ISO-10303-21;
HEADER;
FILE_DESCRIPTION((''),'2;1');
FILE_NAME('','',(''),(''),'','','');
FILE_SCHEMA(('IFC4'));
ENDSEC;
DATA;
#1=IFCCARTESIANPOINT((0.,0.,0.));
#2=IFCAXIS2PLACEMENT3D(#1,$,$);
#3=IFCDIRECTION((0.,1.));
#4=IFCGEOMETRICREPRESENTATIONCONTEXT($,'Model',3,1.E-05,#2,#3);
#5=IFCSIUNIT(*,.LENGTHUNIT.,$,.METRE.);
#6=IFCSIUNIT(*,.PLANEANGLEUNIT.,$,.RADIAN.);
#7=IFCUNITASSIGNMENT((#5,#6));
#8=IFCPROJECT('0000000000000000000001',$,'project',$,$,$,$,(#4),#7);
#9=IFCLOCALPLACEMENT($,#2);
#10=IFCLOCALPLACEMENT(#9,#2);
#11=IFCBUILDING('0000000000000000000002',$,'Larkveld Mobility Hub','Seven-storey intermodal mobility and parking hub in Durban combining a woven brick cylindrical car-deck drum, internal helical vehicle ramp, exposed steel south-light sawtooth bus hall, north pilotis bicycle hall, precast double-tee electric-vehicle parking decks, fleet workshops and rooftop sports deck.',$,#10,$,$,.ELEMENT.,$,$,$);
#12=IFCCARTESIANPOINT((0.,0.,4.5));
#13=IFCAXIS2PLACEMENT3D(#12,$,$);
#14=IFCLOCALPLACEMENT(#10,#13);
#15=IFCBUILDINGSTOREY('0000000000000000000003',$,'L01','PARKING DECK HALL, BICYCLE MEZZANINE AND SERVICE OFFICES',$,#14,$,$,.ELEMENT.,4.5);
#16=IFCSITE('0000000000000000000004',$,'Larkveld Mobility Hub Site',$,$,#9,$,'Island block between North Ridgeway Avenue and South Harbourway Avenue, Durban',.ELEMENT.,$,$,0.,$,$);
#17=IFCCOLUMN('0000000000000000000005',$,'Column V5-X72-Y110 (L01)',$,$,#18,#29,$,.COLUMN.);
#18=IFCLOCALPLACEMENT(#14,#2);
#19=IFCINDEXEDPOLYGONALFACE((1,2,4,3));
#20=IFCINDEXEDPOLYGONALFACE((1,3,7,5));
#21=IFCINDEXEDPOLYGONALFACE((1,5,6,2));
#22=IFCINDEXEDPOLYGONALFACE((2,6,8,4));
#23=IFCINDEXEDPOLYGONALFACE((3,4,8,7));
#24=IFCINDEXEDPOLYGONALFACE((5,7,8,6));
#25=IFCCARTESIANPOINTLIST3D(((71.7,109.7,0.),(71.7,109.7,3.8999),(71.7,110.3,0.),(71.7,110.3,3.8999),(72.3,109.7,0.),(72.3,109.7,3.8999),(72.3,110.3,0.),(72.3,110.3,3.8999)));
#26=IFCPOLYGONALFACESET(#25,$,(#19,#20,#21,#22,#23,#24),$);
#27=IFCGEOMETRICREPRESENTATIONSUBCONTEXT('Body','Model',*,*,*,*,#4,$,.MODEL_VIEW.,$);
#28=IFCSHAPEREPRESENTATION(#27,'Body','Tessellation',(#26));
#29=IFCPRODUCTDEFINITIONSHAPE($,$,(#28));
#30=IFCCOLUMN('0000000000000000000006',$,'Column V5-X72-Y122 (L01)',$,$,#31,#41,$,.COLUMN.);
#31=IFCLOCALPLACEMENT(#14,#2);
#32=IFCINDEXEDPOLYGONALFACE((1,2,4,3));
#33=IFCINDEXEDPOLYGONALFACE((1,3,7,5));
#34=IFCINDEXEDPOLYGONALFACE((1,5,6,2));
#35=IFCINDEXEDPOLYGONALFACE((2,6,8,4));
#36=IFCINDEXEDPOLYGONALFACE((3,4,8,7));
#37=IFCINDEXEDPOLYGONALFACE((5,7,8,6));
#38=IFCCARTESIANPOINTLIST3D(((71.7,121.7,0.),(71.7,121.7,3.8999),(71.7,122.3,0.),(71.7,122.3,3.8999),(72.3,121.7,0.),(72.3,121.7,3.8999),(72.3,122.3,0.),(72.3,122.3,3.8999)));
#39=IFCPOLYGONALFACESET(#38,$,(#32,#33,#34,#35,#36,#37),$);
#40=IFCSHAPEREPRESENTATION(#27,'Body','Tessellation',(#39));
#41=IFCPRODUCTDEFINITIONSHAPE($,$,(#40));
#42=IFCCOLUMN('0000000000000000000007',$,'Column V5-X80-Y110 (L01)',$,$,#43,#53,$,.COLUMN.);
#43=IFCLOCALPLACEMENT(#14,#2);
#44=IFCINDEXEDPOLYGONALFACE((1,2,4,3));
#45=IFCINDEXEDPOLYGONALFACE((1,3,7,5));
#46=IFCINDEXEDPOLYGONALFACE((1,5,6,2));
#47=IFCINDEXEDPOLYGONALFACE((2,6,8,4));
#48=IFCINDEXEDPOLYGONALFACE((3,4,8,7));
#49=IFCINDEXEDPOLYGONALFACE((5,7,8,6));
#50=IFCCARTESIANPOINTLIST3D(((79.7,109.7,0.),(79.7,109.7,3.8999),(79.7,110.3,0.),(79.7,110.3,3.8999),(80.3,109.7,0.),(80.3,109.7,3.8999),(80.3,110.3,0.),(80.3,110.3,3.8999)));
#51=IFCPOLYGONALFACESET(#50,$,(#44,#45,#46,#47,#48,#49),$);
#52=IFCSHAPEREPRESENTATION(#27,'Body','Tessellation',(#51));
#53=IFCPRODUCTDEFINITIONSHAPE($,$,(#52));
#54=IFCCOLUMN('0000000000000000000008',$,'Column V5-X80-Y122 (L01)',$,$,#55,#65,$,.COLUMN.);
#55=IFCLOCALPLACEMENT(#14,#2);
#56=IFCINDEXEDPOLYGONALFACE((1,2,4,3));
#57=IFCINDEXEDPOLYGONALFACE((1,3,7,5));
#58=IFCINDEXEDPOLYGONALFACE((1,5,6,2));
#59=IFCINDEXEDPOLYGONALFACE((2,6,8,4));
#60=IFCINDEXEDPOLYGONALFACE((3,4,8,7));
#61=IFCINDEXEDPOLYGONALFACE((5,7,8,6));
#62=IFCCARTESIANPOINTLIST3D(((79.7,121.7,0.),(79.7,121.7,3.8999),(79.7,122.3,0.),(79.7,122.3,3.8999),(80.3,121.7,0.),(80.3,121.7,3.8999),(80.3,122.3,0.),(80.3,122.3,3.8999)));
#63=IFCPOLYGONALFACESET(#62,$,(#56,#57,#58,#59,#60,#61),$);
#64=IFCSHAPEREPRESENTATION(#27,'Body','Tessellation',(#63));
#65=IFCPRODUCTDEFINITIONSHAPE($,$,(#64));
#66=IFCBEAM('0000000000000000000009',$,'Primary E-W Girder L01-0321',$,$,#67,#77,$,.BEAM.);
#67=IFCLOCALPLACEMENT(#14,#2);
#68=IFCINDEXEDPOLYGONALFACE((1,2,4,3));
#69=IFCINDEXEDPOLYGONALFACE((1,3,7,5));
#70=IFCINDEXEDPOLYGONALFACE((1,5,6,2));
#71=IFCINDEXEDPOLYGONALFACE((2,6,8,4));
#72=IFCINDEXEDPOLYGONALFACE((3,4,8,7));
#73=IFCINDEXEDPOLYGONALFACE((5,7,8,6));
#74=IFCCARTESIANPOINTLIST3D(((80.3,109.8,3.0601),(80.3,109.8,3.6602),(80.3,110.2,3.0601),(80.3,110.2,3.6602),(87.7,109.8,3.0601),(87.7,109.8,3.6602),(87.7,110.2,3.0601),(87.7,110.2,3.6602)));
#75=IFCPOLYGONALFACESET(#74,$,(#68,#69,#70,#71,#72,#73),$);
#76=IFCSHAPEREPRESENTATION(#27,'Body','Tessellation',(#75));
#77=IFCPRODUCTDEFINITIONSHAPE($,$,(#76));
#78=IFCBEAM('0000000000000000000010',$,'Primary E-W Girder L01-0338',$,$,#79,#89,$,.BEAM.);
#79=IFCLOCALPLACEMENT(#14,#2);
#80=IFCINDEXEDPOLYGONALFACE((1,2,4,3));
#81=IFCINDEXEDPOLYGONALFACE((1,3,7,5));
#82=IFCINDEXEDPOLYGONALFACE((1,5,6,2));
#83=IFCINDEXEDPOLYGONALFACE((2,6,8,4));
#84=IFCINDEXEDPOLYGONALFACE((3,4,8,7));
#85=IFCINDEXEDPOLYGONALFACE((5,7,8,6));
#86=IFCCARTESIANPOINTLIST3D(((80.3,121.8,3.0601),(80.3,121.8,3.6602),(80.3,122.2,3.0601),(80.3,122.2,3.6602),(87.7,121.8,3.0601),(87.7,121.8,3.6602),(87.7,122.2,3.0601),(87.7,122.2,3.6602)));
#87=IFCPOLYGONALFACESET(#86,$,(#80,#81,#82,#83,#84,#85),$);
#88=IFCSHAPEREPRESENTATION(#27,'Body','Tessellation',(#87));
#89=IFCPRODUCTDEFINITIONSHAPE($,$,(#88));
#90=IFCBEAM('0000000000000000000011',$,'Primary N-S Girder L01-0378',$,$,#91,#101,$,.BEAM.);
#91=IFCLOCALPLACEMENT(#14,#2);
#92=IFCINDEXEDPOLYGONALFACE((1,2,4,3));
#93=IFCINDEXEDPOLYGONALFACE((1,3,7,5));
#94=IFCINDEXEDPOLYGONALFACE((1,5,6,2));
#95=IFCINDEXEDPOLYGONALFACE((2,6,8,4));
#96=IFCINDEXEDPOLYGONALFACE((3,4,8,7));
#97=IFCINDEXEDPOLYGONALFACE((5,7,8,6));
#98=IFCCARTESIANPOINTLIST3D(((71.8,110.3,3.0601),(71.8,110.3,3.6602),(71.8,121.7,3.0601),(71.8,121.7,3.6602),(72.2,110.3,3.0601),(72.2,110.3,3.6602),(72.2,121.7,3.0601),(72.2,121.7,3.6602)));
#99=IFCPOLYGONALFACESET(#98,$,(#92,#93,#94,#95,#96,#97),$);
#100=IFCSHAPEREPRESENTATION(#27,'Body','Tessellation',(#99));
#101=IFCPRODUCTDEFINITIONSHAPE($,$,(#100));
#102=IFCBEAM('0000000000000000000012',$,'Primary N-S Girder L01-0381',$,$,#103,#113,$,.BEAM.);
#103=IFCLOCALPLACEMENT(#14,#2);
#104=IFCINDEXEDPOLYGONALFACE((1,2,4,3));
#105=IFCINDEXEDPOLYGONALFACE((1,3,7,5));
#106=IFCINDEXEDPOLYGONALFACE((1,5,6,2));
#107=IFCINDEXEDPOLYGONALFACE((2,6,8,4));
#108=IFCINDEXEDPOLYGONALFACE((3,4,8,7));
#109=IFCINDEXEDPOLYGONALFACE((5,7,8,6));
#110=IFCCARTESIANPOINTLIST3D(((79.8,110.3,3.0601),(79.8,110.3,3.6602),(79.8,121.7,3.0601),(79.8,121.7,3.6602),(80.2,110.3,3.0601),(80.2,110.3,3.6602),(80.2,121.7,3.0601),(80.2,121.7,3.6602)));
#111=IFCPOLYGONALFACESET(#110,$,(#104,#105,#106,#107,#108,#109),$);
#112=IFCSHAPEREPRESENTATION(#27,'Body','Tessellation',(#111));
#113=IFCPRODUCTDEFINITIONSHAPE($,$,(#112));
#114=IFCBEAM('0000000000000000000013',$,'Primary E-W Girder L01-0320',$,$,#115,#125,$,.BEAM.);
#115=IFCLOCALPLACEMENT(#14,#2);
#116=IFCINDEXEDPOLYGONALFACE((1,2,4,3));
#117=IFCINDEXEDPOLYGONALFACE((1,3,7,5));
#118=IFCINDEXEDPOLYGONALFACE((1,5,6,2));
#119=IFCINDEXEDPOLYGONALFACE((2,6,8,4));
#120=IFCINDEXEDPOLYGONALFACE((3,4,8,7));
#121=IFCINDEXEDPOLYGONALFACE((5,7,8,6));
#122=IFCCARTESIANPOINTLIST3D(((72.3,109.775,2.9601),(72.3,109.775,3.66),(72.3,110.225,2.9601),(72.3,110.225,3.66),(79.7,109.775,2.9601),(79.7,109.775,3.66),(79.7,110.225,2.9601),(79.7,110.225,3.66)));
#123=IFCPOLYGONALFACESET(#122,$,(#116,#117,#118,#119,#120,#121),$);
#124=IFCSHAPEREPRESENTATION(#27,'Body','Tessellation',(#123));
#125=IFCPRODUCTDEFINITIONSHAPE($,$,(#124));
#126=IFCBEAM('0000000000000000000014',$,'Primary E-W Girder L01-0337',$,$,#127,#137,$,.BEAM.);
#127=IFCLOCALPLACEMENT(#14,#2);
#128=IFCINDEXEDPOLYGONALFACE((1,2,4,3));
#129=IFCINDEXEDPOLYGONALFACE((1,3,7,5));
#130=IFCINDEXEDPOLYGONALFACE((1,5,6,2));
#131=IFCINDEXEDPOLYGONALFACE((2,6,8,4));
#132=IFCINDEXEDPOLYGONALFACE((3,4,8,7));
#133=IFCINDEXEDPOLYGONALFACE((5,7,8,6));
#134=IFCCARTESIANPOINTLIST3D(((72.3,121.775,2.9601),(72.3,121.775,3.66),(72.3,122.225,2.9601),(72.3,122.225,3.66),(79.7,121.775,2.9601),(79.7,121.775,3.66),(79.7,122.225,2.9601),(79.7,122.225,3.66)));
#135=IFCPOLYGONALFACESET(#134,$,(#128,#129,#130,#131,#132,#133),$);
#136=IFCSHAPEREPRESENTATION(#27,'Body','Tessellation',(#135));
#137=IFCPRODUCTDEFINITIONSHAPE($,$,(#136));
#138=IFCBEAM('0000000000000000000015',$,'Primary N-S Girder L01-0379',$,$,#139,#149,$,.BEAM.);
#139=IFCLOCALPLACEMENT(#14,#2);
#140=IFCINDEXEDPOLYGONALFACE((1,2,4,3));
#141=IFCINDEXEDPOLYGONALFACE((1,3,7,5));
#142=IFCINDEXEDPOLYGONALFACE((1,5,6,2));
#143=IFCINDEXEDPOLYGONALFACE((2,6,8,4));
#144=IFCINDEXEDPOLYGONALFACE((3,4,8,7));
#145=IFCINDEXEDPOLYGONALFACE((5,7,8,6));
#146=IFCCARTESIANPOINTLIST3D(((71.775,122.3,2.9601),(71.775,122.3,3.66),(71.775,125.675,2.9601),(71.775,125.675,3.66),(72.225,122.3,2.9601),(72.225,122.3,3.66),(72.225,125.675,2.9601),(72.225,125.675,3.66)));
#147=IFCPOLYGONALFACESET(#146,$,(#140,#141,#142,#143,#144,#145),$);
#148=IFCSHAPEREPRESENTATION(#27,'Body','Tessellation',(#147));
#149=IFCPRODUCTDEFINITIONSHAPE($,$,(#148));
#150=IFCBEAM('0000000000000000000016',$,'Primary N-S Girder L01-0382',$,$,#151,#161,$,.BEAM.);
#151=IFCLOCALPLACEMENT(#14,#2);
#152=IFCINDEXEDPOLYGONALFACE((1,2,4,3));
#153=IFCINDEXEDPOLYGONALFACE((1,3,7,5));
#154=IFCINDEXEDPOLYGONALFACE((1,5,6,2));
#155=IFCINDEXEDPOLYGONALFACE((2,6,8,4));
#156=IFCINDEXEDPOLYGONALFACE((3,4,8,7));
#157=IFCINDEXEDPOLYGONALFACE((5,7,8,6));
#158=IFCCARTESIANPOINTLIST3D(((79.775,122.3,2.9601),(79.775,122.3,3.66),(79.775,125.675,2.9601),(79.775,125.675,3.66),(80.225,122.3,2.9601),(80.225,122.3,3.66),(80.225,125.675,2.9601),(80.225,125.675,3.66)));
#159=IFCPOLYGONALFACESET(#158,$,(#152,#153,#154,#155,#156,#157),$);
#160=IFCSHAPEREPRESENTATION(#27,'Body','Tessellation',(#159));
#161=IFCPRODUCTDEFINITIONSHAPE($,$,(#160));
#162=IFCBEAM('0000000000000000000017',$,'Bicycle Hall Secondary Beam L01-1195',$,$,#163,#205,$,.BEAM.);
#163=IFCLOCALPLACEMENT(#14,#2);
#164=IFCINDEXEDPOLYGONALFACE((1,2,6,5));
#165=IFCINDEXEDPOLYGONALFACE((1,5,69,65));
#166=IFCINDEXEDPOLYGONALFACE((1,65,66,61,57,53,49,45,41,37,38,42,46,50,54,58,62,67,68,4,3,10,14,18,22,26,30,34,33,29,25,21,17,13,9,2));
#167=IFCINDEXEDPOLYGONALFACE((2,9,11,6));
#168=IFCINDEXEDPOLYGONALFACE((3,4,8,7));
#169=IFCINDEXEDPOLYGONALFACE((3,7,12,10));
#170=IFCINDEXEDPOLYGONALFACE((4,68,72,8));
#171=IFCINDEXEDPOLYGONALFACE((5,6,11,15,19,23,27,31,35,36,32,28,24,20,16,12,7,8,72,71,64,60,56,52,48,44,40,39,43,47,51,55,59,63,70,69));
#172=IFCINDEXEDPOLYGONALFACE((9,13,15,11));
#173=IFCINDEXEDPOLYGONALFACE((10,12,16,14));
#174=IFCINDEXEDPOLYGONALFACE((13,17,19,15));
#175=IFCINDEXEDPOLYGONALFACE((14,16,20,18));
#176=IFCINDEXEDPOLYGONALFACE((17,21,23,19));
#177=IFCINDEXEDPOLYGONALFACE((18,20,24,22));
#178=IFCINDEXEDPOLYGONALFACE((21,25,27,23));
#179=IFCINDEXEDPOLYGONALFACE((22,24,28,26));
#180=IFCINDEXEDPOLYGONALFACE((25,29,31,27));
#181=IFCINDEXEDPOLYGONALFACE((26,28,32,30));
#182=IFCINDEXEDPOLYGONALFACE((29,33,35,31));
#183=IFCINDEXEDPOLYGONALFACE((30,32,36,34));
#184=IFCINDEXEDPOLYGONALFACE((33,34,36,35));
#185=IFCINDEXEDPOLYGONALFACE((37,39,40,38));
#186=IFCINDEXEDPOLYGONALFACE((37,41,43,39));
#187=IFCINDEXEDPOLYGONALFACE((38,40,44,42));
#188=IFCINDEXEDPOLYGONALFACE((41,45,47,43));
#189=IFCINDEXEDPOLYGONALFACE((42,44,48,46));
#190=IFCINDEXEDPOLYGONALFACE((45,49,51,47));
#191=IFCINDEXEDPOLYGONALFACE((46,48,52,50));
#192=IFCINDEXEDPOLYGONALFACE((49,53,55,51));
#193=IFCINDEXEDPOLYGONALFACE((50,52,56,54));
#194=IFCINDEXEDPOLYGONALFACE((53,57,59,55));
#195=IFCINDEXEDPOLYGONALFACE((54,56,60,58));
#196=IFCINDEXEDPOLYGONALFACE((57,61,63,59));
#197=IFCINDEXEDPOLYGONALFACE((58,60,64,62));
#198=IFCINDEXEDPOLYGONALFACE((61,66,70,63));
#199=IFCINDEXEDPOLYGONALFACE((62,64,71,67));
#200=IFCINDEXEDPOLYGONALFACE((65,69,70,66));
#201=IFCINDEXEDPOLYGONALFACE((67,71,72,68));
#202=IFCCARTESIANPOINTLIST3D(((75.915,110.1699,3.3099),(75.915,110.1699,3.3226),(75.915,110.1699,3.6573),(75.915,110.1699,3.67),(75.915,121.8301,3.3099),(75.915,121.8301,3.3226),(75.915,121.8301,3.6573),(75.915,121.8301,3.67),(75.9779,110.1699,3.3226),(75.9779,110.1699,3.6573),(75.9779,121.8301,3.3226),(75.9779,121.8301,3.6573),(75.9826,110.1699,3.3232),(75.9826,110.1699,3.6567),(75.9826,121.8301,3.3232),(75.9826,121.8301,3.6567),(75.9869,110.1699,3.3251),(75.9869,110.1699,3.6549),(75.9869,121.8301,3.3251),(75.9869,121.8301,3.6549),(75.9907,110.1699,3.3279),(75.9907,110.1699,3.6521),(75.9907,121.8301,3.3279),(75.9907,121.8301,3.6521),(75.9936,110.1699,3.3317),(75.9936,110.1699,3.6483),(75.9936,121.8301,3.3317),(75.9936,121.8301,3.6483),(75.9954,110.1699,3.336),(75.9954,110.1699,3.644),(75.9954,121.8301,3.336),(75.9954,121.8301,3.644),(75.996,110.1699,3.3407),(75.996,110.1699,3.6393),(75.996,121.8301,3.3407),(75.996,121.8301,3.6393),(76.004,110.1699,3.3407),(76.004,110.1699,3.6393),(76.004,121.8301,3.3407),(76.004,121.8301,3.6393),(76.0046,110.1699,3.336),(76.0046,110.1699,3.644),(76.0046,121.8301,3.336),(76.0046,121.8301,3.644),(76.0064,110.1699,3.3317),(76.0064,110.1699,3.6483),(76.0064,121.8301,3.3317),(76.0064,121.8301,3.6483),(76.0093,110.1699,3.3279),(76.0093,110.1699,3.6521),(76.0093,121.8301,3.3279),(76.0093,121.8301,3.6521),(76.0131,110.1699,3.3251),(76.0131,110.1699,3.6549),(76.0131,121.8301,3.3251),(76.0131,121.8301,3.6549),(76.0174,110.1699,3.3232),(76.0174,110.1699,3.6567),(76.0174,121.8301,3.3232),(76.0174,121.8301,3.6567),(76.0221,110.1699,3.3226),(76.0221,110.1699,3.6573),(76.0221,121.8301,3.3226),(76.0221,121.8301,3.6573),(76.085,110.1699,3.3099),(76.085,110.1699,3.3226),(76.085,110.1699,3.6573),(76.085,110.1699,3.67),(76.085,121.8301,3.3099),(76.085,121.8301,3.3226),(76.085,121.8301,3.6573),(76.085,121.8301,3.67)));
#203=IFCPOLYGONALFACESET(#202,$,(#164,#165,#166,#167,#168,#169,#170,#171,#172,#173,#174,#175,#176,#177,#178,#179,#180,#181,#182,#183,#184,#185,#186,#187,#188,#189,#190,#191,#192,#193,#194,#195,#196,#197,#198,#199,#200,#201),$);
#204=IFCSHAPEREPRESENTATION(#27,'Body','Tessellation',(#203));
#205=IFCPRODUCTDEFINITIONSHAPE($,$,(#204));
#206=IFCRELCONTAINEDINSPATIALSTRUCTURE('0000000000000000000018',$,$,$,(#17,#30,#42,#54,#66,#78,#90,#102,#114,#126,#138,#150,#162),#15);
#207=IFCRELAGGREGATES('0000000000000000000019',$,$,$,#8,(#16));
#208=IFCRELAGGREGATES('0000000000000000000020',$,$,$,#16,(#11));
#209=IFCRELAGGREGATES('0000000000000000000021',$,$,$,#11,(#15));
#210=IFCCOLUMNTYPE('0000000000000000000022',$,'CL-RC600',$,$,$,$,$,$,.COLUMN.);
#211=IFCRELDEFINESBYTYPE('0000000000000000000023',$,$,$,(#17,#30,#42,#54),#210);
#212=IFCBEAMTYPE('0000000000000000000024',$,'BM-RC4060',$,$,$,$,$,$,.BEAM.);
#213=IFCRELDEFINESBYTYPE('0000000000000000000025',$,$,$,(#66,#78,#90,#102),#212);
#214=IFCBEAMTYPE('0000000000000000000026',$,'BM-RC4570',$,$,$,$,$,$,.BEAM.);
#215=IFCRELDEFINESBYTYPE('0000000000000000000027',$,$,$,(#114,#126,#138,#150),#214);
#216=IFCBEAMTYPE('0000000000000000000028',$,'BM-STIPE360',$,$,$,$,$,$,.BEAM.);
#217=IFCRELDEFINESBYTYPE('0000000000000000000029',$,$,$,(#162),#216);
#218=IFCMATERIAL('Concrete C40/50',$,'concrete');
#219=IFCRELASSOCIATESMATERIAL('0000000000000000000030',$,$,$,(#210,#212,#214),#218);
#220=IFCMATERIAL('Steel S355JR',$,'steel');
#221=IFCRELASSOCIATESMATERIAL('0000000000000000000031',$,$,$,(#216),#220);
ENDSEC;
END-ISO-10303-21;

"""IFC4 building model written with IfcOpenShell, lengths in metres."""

from ifc_helpers import new_model, si_unit, direction, frame, origin, origin_2d, place, context, subcontext, project, spatial, rectangle, i_section, extrude, material, material_profile, profile_set, type_object, element, save


model = new_model("IFC4")

# Units and contexts
model_context = context("Model", 3, precision=1e-05, world=origin(), true_north=direction((0.0, 1.0)))
body_context = subcontext(model_context, "Body", "Model", "MODEL_VIEW")
ifc_project = project(units=[si_unit("LENGTHUNIT", "METRE"), si_unit("PLANEANGLEUNIT", "RADIAN")], contexts=[model_context])

# Site, building, storey
site_placement = place(None, origin())
site = spatial("IfcSite", under=ifc_project, at=site_placement, Name="Larkveld Mobility Hub Site", LongName="Island block between North Ridgeway Avenue and South Harbourway Avenue, Durban", CompositionType="ELEMENT", RefElevation=0.0)
building_placement = place(site_placement, origin())
building = spatial("IfcBuilding", under=site, at=building_placement, Name="Larkveld Mobility Hub", Description="Seven-storey intermodal mobility and parking hub in Durban combining a woven brick cylindrical car-deck drum, internal helical vehicle ramp, exposed steel south-light sawtooth bus hall, north pilotis bicycle hall, precast double-tee electric-vehicle parking decks, fleet workshops and rooftop sports deck.", CompositionType="ELEMENT")
storey_placement = place(building_placement, frame((0.0, 0.0, 4.5)))
storey = spatial("IfcBuildingStorey", under=building, at=storey_placement, Name="L01", Description="PARKING DECK HALL, BICYCLE MEZZANINE AND SERVICE OFFICES", CompositionType="ELEMENT", Elevation=4.5)

# Columns
ifc_material_1 = material(Name="Concrete C40/50", Category="concrete")
ifc_material_profile_1 = material_profile(ifc_material_1, rectangle(XDim=0.6001, YDim=0.6001, at=origin_2d()), Name="RC COL 600x600")
ifc_profile_set_1 = profile_set([ifc_material_profile_1], Name="Concrete C40/50")
column_type = type_object("IfcColumnType", Name="CL-RC600", PredefinedType="COLUMN", material=ifc_profile_set_1)
for number, where, z_axis, x_axis, name in (
    (1, (72.0, 110.0, 0.0), (0.0, 0.0, 1.0), (1.0, 0.0, 0.0), "Column V5-X72-Y110 (L01)"),
    (2, (72.0, 122.0, 0.0), (0.0, 0.0, 1.0), (1.0, 0.0, 0.0), "Column V5-X72-Y122 (L01)"),
    (3, (80.0, 110.0, 0.0), (0.0, 0.0, 1.0), (1.0, 0.0, 0.0), "Column V5-X80-Y110 (L01)"),
    (4, (80.0, 122.0, 0.0), (0.0, 0.0, 1.0), (1.0, 0.0, 0.0), "Column V5-X80-Y122 (L01)"),
):
    element("IfcColumn", number, at=place(storey_placement, frame(where, z_axis=z_axis, x_axis=x_axis)), inside=storey, type_object=column_type, Name=name, PredefinedType="COLUMN", context=body_context, shape_type="SweptSolid", body=[
        extrude(rectangle(XDim=0.6001, YDim=0.6001, at=origin_2d()), origin(), (0.0, 0.0, 1.0), 3.8999),
    ])

# Beams
ifc_material_profile_2 = material_profile(ifc_material_1, rectangle(XDim=0.3999, YDim=0.6001, at=origin_2d()), Name="RC BM 400x600")
ifc_profile_set_2 = profile_set([ifc_material_profile_2], Name="Concrete C40/50")
beam_type_1 = type_object("IfcBeamType", Name="BM-RC4060", PredefinedType="BEAM", material=ifc_profile_set_2)
for number, where, z_axis, x_axis, name in (
    (5, (80.3, 110.0, 3.3601), (1.0, 0.0, 0.0), (0.0, 1.0, 0.0), "Primary E-W Girder L01-0321"),
    (6, (80.3, 122.0, 3.3601), (1.0, 0.0, 0.0), (0.0, 1.0, 0.0), "Primary E-W Girder L01-0338"),
):
    element("IfcBeam", number, at=place(storey_placement, frame(where, z_axis=z_axis, x_axis=x_axis)), inside=storey, type_object=beam_type_1, Name=name, PredefinedType="BEAM", context=body_context, shape_type="SweptSolid", body=[
        extrude(rectangle(XDim=0.3999, YDim=0.6001, at=origin_2d()), origin(), (0.0, 0.0, 1.0), 7.3999),
    ])
for number, where, z_axis, x_axis, name in (
    (7, (72.0, 110.3, 3.3601), (0.0, 1.0, 0.0), (-1.0, 0.0, 0.0), "Primary N-S Girder L01-0378"),
    (8, (80.0, 110.3, 3.3601), (0.0, 1.0, 0.0), (-1.0, 0.0, 0.0), "Primary N-S Girder L01-0381"),
):
    element("IfcBeam", number, at=place(storey_placement, frame(where, z_axis=z_axis, x_axis=x_axis)), inside=storey, type_object=beam_type_1, Name=name, PredefinedType="BEAM", context=body_context, shape_type="SweptSolid", body=[
        extrude(rectangle(XDim=0.3999, YDim=0.6001, at=origin_2d()), origin(), (0.0, 0.0, 1.0), 11.3999),
    ])
ifc_material_profile_3 = material_profile(ifc_material_1, rectangle(XDim=0.45, YDim=0.7, at=origin_2d()), Name="RC BM 450x700")
ifc_profile_set_3 = profile_set([ifc_material_profile_3], Name="Concrete C40/50")
beam_type_2 = type_object("IfcBeamType", Name="BM-RC4570", PredefinedType="BEAM", material=ifc_profile_set_3)
for number, where, z_axis, x_axis, name in (
    (9, (72.3, 110.0, 3.3101), (1.0, 0.0, 0.0), (0.0, 1.0, 0.0), "Primary E-W Girder L01-0320"),
    (10, (72.3, 122.0, 3.3101), (1.0, 0.0, 0.0), (0.0, 1.0, 0.0), "Primary E-W Girder L01-0337"),
):
    element("IfcBeam", number, at=place(storey_placement, frame(where, z_axis=z_axis, x_axis=x_axis)), inside=storey, type_object=beam_type_2, Name=name, PredefinedType="BEAM", context=body_context, shape_type="SweptSolid", body=[
        extrude(rectangle(XDim=0.45, YDim=0.7, at=origin_2d()), origin(), (0.0, 0.0, 1.0), 7.3999),
    ])
for number, where, z_axis, x_axis, name in (
    (11, (72.0, 122.3, 3.3101), (0.0, 1.0, 0.0), (-1.0, 0.0, 0.0), "Primary N-S Girder L01-0379"),
    (12, (80.0, 122.3, 3.3101), (0.0, 1.0, 0.0), (-1.0, 0.0, 0.0), "Primary N-S Girder L01-0382"),
):
    element("IfcBeam", number, at=place(storey_placement, frame(where, z_axis=z_axis, x_axis=x_axis)), inside=storey, type_object=beam_type_2, Name=name, PredefinedType="BEAM", context=body_context, shape_type="SweptSolid", body=[
        extrude(rectangle(XDim=0.45, YDim=0.7, at=origin_2d()), origin(), (0.0, 0.0, 1.0), 3.375),
    ])
ifc_material_2 = material(Name="Steel S355JR", Category="steel")
ifc_material_profile_4 = material_profile(ifc_material_2, i_section(OverallWidth=0.1699, OverallDepth=0.3601, WebThickness=0.0081, FlangeThickness=0.0127, FilletRadius=0.0181, at=origin_2d()), Name="IPE 360")
ifc_profile_set_4 = profile_set([ifc_material_profile_4], Name="Steel S355JR")
beam_type_3 = type_object("IfcBeamType", Name="BM-STIPE360", PredefinedType="BEAM", material=ifc_profile_set_4)
beam_1_placement = place(storey_placement, frame((76.0, 110.1699, 3.49), z_axis=(0.0, 1.0, 0.0), x_axis=(-1.0, 0.0, 0.0)))
element("IfcBeam", 13, at=beam_1_placement, inside=storey, type_object=beam_type_3, Name="Bicycle Hall Secondary Beam L01-1195", PredefinedType="BEAM", context=body_context, shape_type="SweptSolid", body=[
    extrude(i_section(OverallWidth=0.1699, OverallDepth=0.3601, WebThickness=0.0081, FlangeThickness=0.0127, FilletRadius=0.0181, at=origin_2d()), origin(), (0.0, 0.0, 1.0), 11.6602),
])

save(model, "model.ifc")
